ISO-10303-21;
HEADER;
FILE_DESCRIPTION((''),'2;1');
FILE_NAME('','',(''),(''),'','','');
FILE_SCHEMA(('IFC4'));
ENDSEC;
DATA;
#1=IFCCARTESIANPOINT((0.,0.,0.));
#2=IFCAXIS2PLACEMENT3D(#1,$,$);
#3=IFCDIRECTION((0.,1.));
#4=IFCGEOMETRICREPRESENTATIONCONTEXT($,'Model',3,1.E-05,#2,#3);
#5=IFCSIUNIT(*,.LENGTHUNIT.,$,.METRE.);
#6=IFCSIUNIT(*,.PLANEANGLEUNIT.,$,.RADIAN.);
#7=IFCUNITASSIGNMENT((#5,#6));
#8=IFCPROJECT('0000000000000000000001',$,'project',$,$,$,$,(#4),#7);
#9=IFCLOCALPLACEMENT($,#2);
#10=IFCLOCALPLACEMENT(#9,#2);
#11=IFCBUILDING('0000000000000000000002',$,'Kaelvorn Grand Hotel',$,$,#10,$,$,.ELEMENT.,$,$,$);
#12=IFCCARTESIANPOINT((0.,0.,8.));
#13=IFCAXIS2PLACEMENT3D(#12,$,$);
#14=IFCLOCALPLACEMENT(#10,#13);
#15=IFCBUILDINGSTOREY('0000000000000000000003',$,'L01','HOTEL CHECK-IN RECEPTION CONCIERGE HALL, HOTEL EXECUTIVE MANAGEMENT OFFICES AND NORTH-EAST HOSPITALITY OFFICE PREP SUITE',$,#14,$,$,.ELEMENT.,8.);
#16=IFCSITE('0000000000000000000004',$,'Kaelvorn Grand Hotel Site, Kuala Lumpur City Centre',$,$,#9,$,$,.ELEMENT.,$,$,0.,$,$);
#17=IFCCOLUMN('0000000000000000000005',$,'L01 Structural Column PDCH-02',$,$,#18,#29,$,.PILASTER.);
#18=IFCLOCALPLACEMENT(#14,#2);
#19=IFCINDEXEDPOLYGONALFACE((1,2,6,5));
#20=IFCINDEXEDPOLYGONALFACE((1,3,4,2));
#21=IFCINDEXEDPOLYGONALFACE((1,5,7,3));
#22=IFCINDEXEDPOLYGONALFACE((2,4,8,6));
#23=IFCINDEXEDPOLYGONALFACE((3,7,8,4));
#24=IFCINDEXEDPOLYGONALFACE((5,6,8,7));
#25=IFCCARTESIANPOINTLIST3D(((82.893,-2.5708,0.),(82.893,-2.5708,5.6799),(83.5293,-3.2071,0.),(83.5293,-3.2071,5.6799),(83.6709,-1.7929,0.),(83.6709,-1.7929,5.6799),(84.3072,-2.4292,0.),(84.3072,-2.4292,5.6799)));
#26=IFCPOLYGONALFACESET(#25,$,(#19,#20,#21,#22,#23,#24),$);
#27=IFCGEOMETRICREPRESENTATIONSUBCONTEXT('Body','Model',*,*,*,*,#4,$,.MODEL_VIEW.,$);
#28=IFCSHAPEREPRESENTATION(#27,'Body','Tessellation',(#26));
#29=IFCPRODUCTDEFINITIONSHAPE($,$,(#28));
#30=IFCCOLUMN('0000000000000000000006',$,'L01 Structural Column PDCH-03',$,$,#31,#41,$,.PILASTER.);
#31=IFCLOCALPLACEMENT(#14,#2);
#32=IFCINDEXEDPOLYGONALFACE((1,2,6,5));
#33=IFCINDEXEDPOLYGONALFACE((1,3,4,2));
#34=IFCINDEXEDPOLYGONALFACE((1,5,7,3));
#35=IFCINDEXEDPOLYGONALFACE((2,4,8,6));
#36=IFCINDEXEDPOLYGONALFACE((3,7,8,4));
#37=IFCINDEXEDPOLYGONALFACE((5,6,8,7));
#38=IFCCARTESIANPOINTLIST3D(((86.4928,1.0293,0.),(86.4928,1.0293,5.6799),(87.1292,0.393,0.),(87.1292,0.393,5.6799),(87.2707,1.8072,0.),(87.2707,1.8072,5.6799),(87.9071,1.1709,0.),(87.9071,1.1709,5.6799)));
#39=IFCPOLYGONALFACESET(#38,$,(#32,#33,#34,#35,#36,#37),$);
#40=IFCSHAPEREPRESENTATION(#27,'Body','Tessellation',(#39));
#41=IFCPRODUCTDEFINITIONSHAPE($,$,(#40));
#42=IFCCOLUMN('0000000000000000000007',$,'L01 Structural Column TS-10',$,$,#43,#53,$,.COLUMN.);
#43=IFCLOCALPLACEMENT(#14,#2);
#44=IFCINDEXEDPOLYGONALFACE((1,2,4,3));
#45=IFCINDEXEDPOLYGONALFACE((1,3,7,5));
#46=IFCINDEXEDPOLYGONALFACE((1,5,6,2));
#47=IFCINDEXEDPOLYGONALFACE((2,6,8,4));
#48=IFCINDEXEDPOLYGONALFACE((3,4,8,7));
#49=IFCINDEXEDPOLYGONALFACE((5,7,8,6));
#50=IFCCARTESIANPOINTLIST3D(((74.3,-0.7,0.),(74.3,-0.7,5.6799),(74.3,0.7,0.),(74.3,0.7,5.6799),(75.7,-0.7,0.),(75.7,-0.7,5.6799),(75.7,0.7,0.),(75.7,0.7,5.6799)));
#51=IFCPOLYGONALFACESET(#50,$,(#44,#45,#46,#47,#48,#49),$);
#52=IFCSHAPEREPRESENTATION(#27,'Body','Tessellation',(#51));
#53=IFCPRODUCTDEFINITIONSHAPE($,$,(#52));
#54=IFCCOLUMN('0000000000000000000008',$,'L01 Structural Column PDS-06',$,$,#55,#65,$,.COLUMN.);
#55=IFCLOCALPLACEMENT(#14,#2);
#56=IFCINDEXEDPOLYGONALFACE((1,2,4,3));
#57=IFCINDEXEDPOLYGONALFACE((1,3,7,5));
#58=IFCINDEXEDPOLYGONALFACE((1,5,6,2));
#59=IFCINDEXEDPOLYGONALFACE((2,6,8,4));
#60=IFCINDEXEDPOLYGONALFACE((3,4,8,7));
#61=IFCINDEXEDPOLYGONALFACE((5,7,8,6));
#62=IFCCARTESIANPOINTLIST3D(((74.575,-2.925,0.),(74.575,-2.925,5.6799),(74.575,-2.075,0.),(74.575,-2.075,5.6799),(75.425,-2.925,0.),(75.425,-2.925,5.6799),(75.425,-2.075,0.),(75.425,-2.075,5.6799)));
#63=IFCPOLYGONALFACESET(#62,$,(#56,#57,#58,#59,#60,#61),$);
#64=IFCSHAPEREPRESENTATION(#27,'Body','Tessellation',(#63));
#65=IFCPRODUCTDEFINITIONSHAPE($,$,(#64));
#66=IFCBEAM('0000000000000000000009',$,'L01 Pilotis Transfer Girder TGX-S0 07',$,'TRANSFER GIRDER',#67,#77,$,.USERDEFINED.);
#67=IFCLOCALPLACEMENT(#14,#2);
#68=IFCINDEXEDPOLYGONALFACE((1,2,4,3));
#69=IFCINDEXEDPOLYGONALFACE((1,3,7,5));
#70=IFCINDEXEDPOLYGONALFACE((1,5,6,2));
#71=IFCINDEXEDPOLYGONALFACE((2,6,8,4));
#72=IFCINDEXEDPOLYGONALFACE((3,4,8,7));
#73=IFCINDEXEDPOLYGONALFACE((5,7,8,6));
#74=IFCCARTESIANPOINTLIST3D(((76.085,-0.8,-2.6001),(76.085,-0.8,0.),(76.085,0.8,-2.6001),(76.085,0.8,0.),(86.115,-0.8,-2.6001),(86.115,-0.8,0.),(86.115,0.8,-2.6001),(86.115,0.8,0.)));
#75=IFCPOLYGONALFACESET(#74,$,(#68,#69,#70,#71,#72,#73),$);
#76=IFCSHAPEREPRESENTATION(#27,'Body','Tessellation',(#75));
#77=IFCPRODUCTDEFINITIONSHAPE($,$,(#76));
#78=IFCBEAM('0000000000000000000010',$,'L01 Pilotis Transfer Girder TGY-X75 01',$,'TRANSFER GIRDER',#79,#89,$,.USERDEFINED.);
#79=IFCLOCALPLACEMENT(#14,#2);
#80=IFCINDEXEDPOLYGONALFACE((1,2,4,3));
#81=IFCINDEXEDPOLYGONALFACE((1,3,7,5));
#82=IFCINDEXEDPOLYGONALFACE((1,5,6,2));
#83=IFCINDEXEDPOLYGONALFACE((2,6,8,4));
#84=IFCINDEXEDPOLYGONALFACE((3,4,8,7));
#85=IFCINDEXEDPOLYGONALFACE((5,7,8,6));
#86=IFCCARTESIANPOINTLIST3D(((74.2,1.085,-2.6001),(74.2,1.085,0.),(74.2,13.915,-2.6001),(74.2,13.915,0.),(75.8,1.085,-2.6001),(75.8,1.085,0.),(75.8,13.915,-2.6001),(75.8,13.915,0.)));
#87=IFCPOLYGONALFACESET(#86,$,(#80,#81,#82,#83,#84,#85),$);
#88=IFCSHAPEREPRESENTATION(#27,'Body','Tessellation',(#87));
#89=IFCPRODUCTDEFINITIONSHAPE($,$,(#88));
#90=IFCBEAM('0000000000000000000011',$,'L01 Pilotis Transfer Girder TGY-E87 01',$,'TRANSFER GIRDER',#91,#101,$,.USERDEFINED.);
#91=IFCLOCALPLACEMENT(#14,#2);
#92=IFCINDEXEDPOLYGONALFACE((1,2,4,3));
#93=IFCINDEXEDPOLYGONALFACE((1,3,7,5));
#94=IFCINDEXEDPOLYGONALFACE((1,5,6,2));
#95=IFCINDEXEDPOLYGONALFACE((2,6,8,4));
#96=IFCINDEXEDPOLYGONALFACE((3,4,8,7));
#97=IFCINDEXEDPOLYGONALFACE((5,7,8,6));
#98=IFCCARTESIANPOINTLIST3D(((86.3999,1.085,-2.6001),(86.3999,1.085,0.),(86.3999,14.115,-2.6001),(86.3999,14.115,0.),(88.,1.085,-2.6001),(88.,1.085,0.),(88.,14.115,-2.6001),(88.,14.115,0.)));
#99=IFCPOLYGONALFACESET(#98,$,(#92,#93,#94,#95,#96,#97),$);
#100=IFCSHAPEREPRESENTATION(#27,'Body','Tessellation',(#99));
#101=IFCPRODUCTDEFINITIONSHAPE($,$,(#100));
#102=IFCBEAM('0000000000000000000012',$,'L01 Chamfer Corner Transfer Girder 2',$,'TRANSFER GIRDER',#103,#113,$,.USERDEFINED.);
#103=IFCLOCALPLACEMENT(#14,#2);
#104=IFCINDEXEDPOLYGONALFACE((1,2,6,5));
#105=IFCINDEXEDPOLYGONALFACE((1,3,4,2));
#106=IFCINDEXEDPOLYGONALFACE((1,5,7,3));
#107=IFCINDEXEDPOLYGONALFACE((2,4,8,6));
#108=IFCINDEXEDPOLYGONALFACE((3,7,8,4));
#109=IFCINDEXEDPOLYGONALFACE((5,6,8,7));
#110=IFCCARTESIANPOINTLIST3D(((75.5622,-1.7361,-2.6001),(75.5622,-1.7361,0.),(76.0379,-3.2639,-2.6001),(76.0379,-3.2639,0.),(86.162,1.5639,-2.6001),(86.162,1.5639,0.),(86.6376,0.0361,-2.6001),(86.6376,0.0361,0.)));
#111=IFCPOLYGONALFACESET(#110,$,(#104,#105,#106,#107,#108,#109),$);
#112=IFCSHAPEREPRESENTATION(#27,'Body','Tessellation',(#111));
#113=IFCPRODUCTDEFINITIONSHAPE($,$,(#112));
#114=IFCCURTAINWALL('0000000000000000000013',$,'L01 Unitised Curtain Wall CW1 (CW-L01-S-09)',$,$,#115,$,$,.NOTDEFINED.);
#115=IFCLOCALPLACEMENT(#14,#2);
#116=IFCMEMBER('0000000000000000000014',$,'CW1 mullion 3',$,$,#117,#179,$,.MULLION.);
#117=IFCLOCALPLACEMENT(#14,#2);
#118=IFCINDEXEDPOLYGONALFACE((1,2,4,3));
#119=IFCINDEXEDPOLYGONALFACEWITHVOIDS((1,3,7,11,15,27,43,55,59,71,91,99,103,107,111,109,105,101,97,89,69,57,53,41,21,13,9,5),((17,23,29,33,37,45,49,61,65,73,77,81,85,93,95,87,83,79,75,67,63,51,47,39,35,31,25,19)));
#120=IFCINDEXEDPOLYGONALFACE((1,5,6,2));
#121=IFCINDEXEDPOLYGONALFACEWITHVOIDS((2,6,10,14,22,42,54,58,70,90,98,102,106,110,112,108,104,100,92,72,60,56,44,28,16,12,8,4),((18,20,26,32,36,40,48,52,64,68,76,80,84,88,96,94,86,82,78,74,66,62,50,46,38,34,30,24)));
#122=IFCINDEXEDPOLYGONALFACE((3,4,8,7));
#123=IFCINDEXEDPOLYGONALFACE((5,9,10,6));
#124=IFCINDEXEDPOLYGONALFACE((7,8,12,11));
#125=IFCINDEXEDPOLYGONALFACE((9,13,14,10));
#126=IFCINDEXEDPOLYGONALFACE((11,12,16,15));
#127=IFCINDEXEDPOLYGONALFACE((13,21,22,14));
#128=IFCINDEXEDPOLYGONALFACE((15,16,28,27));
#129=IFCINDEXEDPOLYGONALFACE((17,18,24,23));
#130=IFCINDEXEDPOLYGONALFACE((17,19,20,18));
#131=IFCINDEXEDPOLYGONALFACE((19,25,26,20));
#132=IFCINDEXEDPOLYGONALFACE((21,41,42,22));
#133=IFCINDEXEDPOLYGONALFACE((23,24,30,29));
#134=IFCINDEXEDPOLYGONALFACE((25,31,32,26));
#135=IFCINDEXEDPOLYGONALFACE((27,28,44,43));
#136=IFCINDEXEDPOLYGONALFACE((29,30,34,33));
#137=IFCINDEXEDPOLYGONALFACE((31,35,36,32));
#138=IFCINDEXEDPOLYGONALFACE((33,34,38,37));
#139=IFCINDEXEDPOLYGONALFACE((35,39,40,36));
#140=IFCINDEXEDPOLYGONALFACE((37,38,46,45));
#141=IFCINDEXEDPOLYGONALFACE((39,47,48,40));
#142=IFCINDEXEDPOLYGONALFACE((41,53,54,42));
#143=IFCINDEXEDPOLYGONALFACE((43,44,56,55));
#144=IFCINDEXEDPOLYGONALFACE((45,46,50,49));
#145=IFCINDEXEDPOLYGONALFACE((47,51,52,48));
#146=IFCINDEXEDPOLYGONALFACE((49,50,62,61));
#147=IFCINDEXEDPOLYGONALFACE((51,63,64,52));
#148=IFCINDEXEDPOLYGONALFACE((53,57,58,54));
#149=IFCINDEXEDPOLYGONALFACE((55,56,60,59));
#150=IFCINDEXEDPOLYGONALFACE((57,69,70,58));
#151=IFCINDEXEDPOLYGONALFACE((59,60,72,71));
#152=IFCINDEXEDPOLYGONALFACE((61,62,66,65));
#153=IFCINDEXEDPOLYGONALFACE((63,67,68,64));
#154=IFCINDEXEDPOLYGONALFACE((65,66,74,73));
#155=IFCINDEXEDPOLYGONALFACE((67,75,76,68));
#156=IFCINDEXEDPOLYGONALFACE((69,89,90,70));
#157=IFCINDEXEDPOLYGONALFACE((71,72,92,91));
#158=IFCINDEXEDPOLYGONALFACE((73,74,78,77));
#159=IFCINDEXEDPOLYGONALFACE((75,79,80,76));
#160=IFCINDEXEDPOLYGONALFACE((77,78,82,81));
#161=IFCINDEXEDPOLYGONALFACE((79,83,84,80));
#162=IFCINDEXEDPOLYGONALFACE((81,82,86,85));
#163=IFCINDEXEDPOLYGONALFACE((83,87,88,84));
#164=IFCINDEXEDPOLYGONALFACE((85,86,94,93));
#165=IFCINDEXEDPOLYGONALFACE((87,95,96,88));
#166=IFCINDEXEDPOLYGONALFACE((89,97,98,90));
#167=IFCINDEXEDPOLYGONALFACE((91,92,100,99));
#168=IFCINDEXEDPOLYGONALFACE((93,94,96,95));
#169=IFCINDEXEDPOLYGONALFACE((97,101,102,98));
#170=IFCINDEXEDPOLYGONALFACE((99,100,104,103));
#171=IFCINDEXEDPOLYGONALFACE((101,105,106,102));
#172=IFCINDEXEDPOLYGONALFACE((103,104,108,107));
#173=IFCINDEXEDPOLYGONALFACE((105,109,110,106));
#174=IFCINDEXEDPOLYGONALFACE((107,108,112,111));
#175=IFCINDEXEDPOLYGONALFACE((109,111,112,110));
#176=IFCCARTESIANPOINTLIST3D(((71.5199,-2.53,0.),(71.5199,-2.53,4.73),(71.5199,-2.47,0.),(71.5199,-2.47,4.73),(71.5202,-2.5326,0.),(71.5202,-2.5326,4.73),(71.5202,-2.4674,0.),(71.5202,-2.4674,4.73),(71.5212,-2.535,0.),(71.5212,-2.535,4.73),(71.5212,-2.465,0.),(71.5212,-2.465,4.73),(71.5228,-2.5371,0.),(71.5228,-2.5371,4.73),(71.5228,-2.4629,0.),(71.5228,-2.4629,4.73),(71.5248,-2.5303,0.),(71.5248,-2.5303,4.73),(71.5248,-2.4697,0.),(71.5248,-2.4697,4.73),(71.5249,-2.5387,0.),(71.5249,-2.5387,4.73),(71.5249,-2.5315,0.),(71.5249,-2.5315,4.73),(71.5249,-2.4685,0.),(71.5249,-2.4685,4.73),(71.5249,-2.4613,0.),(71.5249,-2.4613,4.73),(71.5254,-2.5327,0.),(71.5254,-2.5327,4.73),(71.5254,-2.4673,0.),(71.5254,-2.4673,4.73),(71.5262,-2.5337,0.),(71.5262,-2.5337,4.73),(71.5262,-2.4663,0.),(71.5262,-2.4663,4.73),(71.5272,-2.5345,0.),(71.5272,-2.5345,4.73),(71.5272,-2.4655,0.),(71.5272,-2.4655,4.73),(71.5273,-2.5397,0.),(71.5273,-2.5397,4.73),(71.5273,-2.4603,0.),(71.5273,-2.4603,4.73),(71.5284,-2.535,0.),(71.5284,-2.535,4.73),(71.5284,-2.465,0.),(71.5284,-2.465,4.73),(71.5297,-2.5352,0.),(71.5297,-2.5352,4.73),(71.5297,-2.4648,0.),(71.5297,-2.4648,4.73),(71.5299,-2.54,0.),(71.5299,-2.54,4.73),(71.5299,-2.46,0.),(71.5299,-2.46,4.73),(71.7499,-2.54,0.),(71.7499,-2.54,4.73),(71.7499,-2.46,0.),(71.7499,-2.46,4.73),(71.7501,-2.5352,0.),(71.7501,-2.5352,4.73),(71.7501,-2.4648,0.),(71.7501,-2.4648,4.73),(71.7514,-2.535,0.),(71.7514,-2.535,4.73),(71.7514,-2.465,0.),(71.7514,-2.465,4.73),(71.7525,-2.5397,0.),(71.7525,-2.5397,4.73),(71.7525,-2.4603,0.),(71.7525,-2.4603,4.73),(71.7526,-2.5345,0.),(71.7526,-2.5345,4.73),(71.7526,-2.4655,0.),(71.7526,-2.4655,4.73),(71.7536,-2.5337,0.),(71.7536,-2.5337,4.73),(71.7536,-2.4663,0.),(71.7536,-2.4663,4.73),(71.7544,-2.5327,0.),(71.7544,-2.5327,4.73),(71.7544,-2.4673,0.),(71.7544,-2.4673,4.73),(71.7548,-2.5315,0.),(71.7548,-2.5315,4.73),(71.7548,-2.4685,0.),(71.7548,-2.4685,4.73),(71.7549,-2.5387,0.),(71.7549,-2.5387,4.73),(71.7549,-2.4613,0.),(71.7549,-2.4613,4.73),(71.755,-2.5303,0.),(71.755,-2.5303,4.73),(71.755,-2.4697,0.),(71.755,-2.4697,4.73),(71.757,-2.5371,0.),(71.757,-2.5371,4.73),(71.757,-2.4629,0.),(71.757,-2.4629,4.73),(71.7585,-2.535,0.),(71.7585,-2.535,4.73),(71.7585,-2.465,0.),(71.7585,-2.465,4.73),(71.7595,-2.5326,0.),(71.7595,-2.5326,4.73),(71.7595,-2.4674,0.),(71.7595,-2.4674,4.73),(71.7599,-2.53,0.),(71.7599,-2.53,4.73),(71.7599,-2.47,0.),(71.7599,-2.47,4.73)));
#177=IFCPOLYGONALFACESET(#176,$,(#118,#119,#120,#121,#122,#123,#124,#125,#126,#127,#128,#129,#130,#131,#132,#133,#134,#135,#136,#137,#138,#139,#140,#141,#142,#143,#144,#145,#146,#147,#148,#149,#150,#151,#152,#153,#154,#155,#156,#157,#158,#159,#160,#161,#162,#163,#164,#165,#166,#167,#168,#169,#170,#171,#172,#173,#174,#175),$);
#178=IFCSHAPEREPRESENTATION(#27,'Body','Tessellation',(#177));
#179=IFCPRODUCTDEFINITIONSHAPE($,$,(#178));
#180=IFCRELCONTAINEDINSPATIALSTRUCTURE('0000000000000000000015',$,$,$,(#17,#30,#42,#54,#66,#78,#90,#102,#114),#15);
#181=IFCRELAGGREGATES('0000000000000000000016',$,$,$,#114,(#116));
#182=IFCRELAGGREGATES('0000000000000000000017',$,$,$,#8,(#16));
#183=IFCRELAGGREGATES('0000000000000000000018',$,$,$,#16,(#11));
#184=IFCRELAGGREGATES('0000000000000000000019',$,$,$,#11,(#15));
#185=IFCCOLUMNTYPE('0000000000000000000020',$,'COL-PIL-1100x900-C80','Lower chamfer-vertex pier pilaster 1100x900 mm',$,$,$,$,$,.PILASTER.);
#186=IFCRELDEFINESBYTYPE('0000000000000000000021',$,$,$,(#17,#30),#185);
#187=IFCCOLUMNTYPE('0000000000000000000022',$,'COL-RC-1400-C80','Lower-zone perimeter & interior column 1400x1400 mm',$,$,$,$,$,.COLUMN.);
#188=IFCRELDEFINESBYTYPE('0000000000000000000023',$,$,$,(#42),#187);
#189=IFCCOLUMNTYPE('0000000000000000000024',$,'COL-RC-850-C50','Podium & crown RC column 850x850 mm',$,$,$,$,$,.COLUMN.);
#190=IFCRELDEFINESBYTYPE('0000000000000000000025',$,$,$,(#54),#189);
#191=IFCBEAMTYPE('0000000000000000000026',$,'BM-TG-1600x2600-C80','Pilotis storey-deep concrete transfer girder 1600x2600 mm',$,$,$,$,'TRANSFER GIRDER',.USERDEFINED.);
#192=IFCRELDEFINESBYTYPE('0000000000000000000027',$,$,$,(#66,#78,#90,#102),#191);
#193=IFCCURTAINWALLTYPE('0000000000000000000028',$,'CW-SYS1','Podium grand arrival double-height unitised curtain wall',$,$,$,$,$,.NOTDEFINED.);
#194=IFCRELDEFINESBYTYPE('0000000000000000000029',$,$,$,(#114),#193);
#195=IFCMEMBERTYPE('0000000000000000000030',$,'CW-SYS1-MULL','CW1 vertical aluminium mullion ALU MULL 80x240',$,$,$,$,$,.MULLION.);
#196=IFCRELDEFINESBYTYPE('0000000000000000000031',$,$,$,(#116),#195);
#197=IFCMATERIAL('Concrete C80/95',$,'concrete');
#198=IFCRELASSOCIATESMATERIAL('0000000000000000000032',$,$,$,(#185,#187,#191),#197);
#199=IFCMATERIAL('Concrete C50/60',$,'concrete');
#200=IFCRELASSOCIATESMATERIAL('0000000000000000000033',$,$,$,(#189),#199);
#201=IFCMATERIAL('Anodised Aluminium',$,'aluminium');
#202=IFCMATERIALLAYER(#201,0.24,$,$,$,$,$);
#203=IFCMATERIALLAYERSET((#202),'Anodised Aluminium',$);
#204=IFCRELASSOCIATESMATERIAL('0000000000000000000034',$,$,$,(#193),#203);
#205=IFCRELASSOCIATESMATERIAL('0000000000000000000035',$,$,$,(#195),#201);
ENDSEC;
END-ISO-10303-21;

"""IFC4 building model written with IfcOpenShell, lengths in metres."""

from ifc_helpers import new_model, si_unit, direction, frame, origin, origin_2d, place, context, subcontext, project, spatial, rectangle, hollow_rectangle, extrude, material, layer, layer_set, material_profile, profile_set, type_object, element, aggregate, save


model = new_model("IFC4")

# Units and contexts
model_context = context("Model", 3, precision=1e-05, world=origin(), true_north=direction((0.0, 1.0)))
body_context = subcontext(model_context, "Body", "Model", "MODEL_VIEW")
ifc_project = project(units=[si_unit("LENGTHUNIT", "METRE"), si_unit("PLANEANGLEUNIT", "RADIAN")], contexts=[model_context])

# Site, building, storey
site_placement = place(None, origin())
site = spatial("IfcSite", under=ifc_project, at=site_placement, Name="Kaelvorn Grand Hotel Site, Kuala Lumpur City Centre", CompositionType="ELEMENT", RefElevation=0.0)
building_placement = place(site_placement, origin())
building = spatial("IfcBuilding", under=site, at=building_placement, Name="Kaelvorn Grand Hotel", CompositionType="ELEMENT")
storey_placement = place(building_placement, frame((0.0, 0.0, 8.0)))
storey = spatial("IfcBuildingStorey", under=building, at=storey_placement, Name="L01", Description="HOTEL CHECK-IN RECEPTION CONCIERGE HALL, HOTEL EXECUTIVE MANAGEMENT OFFICES AND NORTH-EAST HOSPITALITY OFFICE PREP SUITE", CompositionType="ELEMENT", Elevation=8.0)

# Columns
ifc_material_1 = material(Name="Concrete C80/95", Category="concrete")
ifc_material_profile_1 = material_profile(ifc_material_1, rectangle(XDim=1.1001, YDim=0.8999, at=origin_2d()), Name="RC PILASTER 1100x900")
ifc_profile_set_1 = profile_set([ifc_material_profile_1], Name="Concrete C80/95")
column_type_1 = type_object("IfcColumnType", Name="COL-PIL-1100x900-C80", Description="Lower chamfer-vertex pier pilaster 1100x900 mm", PredefinedType="PILASTER", material=ifc_profile_set_1)
for number, where, z_axis, x_axis, name in (
    (1, (83.6001, -2.5, 0.0), (0.0, 0.0, 1.0), (0.707107, 0.707107, 0.0), "L01 Structural Column PDCH-02"),
    (2, (87.2, 1.1001, 0.0), (0.0, 0.0, 1.0), (0.707107, 0.707107, 0.0), "L01 Structural Column PDCH-03"),
):
    element("IfcColumn", number, at=place(storey_placement, frame(where, z_axis=z_axis, x_axis=x_axis)), inside=storey, type_object=column_type_1, Name=name, PredefinedType="PILASTER", context=body_context, shape_type="SweptSolid", body=[
        extrude(rectangle(XDim=1.1001, YDim=0.8999, at=origin_2d()), origin(), (0.0, 0.0, 1.0), 5.6799),
    ])
ifc_material_profile_2 = material_profile(ifc_material_1, rectangle(XDim=1.3999, YDim=1.3999, at=origin_2d()), Name="RC COL 1400x1400")
ifc_profile_set_2 = profile_set([ifc_material_profile_2], Name="Concrete C80/95")
column_type_2 = type_object("IfcColumnType", Name="COL-RC-1400-C80", Description="Lower-zone perimeter & interior column 1400x1400 mm", PredefinedType="COLUMN", material=ifc_profile_set_2)
column_1_placement = place(storey_placement, frame((75.0, 0.0, 0.0), z_axis=(0.0, 0.0, 1.0), x_axis=(1.0, 0.0, 0.0)))
element("IfcColumn", 3, at=column_1_placement, inside=storey, type_object=column_type_2, Name="L01 Structural Column TS-10", PredefinedType="COLUMN", context=body_context, shape_type="SweptSolid", body=[
    extrude(rectangle(XDim=1.3999, YDim=1.3999, at=origin_2d()), origin(), (0.0, 0.0, 1.0), 5.6799),
])
ifc_material_2 = material(Name="Concrete C50/60", Category="concrete")
ifc_material_profile_3 = material_profile(ifc_material_2, rectangle(XDim=0.8501, YDim=0.8501, at=origin_2d()), Name="RC COL 850x850")
ifc_profile_set_3 = profile_set([ifc_material_profile_3], Name="Concrete C50/60")
column_type_3 = type_object("IfcColumnType", Name="COL-RC-850-C50", Description="Podium & crown RC column 850x850 mm", PredefinedType="COLUMN", material=ifc_profile_set_3)
column_2_placement = place(storey_placement, frame((75.0, -2.5, 0.0), z_axis=(0.0, 0.0, 1.0), x_axis=(1.0, 0.0, 0.0)))
element("IfcColumn", 4, at=column_2_placement, inside=storey, type_object=column_type_3, Name="L01 Structural Column PDS-06", PredefinedType="COLUMN", context=body_context, shape_type="SweptSolid", body=[
    extrude(rectangle(XDim=0.8501, YDim=0.8501, at=origin_2d()), origin(), (0.0, 0.0, 1.0), 5.6799),
])

# Beams
ifc_material_profile_4 = material_profile(ifc_material_1, rectangle(XDim=1.6001, YDim=2.6001, at=origin_2d()), Name="RC TG 1600x2600")
ifc_profile_set_4 = profile_set([ifc_material_profile_4], Name="Concrete C80/95")
beam_type = type_object("IfcBeamType", Name="BM-TG-1600x2600-C80", Description="Pilotis storey-deep concrete transfer girder 1600x2600 mm", ElementType="TRANSFER GIRDER", PredefinedType="USERDEFINED", material=ifc_profile_set_4)
beam_1_placement = place(storey_placement, frame((76.085, 0.0, -1.3), z_axis=(1.0, 0.0, 0.0), x_axis=(0.0, 1.0, 0.0)))
element("IfcBeam", 5, at=beam_1_placement, inside=storey, type_object=beam_type, Name="L01 Pilotis Transfer Girder TGX-S0 07", ObjectType="TRANSFER GIRDER", PredefinedType="USERDEFINED", context=body_context, shape_type="SweptSolid", body=[
    extrude(rectangle(XDim=1.6001, YDim=2.6001, at=origin_2d()), origin(), (0.0, 0.0, 1.0), 10.03),
])
beam_2_placement = place(storey_placement, frame((75.0, 1.085, -1.3), z_axis=(0.0, 1.0, 0.0), x_axis=(-1.0, 0.0, 0.0)))
element("IfcBeam", 6, at=beam_2_placement, inside=storey, type_object=beam_type, Name="L01 Pilotis Transfer Girder TGY-X75 01", ObjectType="TRANSFER GIRDER", PredefinedType="USERDEFINED", context=body_context, shape_type="SweptSolid", body=[
    extrude(rectangle(XDim=1.6001, YDim=2.6001, at=origin_2d()), origin(), (0.0, 0.0, 1.0), 12.8301),
])
beam_3_placement = place(storey_placement, frame((87.2, 1.085, -1.3), z_axis=(0.0, 1.0, 0.0), x_axis=(-1.0, 0.0, 0.0)))
element("IfcBeam", 7, at=beam_3_placement, inside=storey, type_object=beam_type, Name="L01 Pilotis Transfer Girder TGY-E87 01", ObjectType="TRANSFER GIRDER", PredefinedType="USERDEFINED", context=body_context, shape_type="SweptSolid", body=[
    extrude(rectangle(XDim=1.6001, YDim=2.6001, at=origin_2d()), origin(), (0.0, 0.0, 1.0), 13.03),
])
beam_4_placement = place(storey_placement, frame((75.8, -2.5, -1.3), z_axis=(0.954798, 0.297257, 0.0), x_axis=(-0.297257, 0.954798, 0.0)))
element("IfcBeam", 8, at=beam_4_placement, inside=storey, type_object=beam_type, Name="L01 Chamfer Corner Transfer Girder 2", ObjectType="TRANSFER GIRDER", PredefinedType="USERDEFINED", context=body_context, shape_type="SweptSolid", body=[
    extrude(rectangle(XDim=1.6001, YDim=2.6001, at=origin_2d()), origin(), (0.0, 0.0, 1.0), 11.1016),
])

# Curtain wall, member
ifc_material_3 = material(Name="Anodised Aluminium", Category="aluminium")
ifc_layer_1 = layer(ifc_material_3, 0.24)
ifc_layer_set_1 = layer_set([ifc_layer_1], Name="Anodised Aluminium")
curtain_wall_type = type_object("IfcCurtainWallType", Name="CW-SYS1", Description="Podium grand arrival double-height unitised curtain wall", PredefinedType="NOTDEFINED", material=ifc_layer_set_1)
curtain_wall_1_placement = place(storey_placement, origin())
curtain_wall_1 = element("IfcCurtainWall", 9, at=curtain_wall_1_placement, inside=storey, type_object=curtain_wall_type, Name="L01 Unitised Curtain Wall CW1 (CW-L01-S-09)", PredefinedType="NOTDEFINED")
ifc_material_profile_5 = material_profile(ifc_material_3, hollow_rectangle(XDim=0.0801, YDim=0.24, WallThickness=0.0049, InnerFilletRadius=0.0049, OuterFilletRadius=0.01, at=origin_2d()), Name="ALU MULL 80x240")
ifc_profile_set_5 = profile_set([ifc_material_profile_5], Name="Anodised Aluminium")
member_type_1 = type_object("IfcMemberType", Name="CW-SYS1-MULL", Description="CW1 vertical aluminium mullion ALU MULL 80x240", PredefinedType="MULLION", material=ifc_profile_set_5)
member_1_placement = place(storey_placement, frame((71.6399, -2.5, 0.0), z_axis=(0.0, 0.0, 1.0), x_axis=(0.0, 1.0, 0.0)))
member_1 = element("IfcMember", 10, at=member_1_placement, type_object=member_type_1, Name="CW1 mullion 3", PredefinedType="MULLION", context=body_context, shape_type="SweptSolid", body=[
    extrude(hollow_rectangle(XDim=0.0801, YDim=0.24, WallThickness=0.0049, InnerFilletRadius=0.0049, OuterFilletRadius=0.01, at=origin_2d()), origin(), (0.0, 0.0, 1.0), 4.73),
])

aggregate(curtain_wall_1, [member_1])

save(model, "model.ifc")
